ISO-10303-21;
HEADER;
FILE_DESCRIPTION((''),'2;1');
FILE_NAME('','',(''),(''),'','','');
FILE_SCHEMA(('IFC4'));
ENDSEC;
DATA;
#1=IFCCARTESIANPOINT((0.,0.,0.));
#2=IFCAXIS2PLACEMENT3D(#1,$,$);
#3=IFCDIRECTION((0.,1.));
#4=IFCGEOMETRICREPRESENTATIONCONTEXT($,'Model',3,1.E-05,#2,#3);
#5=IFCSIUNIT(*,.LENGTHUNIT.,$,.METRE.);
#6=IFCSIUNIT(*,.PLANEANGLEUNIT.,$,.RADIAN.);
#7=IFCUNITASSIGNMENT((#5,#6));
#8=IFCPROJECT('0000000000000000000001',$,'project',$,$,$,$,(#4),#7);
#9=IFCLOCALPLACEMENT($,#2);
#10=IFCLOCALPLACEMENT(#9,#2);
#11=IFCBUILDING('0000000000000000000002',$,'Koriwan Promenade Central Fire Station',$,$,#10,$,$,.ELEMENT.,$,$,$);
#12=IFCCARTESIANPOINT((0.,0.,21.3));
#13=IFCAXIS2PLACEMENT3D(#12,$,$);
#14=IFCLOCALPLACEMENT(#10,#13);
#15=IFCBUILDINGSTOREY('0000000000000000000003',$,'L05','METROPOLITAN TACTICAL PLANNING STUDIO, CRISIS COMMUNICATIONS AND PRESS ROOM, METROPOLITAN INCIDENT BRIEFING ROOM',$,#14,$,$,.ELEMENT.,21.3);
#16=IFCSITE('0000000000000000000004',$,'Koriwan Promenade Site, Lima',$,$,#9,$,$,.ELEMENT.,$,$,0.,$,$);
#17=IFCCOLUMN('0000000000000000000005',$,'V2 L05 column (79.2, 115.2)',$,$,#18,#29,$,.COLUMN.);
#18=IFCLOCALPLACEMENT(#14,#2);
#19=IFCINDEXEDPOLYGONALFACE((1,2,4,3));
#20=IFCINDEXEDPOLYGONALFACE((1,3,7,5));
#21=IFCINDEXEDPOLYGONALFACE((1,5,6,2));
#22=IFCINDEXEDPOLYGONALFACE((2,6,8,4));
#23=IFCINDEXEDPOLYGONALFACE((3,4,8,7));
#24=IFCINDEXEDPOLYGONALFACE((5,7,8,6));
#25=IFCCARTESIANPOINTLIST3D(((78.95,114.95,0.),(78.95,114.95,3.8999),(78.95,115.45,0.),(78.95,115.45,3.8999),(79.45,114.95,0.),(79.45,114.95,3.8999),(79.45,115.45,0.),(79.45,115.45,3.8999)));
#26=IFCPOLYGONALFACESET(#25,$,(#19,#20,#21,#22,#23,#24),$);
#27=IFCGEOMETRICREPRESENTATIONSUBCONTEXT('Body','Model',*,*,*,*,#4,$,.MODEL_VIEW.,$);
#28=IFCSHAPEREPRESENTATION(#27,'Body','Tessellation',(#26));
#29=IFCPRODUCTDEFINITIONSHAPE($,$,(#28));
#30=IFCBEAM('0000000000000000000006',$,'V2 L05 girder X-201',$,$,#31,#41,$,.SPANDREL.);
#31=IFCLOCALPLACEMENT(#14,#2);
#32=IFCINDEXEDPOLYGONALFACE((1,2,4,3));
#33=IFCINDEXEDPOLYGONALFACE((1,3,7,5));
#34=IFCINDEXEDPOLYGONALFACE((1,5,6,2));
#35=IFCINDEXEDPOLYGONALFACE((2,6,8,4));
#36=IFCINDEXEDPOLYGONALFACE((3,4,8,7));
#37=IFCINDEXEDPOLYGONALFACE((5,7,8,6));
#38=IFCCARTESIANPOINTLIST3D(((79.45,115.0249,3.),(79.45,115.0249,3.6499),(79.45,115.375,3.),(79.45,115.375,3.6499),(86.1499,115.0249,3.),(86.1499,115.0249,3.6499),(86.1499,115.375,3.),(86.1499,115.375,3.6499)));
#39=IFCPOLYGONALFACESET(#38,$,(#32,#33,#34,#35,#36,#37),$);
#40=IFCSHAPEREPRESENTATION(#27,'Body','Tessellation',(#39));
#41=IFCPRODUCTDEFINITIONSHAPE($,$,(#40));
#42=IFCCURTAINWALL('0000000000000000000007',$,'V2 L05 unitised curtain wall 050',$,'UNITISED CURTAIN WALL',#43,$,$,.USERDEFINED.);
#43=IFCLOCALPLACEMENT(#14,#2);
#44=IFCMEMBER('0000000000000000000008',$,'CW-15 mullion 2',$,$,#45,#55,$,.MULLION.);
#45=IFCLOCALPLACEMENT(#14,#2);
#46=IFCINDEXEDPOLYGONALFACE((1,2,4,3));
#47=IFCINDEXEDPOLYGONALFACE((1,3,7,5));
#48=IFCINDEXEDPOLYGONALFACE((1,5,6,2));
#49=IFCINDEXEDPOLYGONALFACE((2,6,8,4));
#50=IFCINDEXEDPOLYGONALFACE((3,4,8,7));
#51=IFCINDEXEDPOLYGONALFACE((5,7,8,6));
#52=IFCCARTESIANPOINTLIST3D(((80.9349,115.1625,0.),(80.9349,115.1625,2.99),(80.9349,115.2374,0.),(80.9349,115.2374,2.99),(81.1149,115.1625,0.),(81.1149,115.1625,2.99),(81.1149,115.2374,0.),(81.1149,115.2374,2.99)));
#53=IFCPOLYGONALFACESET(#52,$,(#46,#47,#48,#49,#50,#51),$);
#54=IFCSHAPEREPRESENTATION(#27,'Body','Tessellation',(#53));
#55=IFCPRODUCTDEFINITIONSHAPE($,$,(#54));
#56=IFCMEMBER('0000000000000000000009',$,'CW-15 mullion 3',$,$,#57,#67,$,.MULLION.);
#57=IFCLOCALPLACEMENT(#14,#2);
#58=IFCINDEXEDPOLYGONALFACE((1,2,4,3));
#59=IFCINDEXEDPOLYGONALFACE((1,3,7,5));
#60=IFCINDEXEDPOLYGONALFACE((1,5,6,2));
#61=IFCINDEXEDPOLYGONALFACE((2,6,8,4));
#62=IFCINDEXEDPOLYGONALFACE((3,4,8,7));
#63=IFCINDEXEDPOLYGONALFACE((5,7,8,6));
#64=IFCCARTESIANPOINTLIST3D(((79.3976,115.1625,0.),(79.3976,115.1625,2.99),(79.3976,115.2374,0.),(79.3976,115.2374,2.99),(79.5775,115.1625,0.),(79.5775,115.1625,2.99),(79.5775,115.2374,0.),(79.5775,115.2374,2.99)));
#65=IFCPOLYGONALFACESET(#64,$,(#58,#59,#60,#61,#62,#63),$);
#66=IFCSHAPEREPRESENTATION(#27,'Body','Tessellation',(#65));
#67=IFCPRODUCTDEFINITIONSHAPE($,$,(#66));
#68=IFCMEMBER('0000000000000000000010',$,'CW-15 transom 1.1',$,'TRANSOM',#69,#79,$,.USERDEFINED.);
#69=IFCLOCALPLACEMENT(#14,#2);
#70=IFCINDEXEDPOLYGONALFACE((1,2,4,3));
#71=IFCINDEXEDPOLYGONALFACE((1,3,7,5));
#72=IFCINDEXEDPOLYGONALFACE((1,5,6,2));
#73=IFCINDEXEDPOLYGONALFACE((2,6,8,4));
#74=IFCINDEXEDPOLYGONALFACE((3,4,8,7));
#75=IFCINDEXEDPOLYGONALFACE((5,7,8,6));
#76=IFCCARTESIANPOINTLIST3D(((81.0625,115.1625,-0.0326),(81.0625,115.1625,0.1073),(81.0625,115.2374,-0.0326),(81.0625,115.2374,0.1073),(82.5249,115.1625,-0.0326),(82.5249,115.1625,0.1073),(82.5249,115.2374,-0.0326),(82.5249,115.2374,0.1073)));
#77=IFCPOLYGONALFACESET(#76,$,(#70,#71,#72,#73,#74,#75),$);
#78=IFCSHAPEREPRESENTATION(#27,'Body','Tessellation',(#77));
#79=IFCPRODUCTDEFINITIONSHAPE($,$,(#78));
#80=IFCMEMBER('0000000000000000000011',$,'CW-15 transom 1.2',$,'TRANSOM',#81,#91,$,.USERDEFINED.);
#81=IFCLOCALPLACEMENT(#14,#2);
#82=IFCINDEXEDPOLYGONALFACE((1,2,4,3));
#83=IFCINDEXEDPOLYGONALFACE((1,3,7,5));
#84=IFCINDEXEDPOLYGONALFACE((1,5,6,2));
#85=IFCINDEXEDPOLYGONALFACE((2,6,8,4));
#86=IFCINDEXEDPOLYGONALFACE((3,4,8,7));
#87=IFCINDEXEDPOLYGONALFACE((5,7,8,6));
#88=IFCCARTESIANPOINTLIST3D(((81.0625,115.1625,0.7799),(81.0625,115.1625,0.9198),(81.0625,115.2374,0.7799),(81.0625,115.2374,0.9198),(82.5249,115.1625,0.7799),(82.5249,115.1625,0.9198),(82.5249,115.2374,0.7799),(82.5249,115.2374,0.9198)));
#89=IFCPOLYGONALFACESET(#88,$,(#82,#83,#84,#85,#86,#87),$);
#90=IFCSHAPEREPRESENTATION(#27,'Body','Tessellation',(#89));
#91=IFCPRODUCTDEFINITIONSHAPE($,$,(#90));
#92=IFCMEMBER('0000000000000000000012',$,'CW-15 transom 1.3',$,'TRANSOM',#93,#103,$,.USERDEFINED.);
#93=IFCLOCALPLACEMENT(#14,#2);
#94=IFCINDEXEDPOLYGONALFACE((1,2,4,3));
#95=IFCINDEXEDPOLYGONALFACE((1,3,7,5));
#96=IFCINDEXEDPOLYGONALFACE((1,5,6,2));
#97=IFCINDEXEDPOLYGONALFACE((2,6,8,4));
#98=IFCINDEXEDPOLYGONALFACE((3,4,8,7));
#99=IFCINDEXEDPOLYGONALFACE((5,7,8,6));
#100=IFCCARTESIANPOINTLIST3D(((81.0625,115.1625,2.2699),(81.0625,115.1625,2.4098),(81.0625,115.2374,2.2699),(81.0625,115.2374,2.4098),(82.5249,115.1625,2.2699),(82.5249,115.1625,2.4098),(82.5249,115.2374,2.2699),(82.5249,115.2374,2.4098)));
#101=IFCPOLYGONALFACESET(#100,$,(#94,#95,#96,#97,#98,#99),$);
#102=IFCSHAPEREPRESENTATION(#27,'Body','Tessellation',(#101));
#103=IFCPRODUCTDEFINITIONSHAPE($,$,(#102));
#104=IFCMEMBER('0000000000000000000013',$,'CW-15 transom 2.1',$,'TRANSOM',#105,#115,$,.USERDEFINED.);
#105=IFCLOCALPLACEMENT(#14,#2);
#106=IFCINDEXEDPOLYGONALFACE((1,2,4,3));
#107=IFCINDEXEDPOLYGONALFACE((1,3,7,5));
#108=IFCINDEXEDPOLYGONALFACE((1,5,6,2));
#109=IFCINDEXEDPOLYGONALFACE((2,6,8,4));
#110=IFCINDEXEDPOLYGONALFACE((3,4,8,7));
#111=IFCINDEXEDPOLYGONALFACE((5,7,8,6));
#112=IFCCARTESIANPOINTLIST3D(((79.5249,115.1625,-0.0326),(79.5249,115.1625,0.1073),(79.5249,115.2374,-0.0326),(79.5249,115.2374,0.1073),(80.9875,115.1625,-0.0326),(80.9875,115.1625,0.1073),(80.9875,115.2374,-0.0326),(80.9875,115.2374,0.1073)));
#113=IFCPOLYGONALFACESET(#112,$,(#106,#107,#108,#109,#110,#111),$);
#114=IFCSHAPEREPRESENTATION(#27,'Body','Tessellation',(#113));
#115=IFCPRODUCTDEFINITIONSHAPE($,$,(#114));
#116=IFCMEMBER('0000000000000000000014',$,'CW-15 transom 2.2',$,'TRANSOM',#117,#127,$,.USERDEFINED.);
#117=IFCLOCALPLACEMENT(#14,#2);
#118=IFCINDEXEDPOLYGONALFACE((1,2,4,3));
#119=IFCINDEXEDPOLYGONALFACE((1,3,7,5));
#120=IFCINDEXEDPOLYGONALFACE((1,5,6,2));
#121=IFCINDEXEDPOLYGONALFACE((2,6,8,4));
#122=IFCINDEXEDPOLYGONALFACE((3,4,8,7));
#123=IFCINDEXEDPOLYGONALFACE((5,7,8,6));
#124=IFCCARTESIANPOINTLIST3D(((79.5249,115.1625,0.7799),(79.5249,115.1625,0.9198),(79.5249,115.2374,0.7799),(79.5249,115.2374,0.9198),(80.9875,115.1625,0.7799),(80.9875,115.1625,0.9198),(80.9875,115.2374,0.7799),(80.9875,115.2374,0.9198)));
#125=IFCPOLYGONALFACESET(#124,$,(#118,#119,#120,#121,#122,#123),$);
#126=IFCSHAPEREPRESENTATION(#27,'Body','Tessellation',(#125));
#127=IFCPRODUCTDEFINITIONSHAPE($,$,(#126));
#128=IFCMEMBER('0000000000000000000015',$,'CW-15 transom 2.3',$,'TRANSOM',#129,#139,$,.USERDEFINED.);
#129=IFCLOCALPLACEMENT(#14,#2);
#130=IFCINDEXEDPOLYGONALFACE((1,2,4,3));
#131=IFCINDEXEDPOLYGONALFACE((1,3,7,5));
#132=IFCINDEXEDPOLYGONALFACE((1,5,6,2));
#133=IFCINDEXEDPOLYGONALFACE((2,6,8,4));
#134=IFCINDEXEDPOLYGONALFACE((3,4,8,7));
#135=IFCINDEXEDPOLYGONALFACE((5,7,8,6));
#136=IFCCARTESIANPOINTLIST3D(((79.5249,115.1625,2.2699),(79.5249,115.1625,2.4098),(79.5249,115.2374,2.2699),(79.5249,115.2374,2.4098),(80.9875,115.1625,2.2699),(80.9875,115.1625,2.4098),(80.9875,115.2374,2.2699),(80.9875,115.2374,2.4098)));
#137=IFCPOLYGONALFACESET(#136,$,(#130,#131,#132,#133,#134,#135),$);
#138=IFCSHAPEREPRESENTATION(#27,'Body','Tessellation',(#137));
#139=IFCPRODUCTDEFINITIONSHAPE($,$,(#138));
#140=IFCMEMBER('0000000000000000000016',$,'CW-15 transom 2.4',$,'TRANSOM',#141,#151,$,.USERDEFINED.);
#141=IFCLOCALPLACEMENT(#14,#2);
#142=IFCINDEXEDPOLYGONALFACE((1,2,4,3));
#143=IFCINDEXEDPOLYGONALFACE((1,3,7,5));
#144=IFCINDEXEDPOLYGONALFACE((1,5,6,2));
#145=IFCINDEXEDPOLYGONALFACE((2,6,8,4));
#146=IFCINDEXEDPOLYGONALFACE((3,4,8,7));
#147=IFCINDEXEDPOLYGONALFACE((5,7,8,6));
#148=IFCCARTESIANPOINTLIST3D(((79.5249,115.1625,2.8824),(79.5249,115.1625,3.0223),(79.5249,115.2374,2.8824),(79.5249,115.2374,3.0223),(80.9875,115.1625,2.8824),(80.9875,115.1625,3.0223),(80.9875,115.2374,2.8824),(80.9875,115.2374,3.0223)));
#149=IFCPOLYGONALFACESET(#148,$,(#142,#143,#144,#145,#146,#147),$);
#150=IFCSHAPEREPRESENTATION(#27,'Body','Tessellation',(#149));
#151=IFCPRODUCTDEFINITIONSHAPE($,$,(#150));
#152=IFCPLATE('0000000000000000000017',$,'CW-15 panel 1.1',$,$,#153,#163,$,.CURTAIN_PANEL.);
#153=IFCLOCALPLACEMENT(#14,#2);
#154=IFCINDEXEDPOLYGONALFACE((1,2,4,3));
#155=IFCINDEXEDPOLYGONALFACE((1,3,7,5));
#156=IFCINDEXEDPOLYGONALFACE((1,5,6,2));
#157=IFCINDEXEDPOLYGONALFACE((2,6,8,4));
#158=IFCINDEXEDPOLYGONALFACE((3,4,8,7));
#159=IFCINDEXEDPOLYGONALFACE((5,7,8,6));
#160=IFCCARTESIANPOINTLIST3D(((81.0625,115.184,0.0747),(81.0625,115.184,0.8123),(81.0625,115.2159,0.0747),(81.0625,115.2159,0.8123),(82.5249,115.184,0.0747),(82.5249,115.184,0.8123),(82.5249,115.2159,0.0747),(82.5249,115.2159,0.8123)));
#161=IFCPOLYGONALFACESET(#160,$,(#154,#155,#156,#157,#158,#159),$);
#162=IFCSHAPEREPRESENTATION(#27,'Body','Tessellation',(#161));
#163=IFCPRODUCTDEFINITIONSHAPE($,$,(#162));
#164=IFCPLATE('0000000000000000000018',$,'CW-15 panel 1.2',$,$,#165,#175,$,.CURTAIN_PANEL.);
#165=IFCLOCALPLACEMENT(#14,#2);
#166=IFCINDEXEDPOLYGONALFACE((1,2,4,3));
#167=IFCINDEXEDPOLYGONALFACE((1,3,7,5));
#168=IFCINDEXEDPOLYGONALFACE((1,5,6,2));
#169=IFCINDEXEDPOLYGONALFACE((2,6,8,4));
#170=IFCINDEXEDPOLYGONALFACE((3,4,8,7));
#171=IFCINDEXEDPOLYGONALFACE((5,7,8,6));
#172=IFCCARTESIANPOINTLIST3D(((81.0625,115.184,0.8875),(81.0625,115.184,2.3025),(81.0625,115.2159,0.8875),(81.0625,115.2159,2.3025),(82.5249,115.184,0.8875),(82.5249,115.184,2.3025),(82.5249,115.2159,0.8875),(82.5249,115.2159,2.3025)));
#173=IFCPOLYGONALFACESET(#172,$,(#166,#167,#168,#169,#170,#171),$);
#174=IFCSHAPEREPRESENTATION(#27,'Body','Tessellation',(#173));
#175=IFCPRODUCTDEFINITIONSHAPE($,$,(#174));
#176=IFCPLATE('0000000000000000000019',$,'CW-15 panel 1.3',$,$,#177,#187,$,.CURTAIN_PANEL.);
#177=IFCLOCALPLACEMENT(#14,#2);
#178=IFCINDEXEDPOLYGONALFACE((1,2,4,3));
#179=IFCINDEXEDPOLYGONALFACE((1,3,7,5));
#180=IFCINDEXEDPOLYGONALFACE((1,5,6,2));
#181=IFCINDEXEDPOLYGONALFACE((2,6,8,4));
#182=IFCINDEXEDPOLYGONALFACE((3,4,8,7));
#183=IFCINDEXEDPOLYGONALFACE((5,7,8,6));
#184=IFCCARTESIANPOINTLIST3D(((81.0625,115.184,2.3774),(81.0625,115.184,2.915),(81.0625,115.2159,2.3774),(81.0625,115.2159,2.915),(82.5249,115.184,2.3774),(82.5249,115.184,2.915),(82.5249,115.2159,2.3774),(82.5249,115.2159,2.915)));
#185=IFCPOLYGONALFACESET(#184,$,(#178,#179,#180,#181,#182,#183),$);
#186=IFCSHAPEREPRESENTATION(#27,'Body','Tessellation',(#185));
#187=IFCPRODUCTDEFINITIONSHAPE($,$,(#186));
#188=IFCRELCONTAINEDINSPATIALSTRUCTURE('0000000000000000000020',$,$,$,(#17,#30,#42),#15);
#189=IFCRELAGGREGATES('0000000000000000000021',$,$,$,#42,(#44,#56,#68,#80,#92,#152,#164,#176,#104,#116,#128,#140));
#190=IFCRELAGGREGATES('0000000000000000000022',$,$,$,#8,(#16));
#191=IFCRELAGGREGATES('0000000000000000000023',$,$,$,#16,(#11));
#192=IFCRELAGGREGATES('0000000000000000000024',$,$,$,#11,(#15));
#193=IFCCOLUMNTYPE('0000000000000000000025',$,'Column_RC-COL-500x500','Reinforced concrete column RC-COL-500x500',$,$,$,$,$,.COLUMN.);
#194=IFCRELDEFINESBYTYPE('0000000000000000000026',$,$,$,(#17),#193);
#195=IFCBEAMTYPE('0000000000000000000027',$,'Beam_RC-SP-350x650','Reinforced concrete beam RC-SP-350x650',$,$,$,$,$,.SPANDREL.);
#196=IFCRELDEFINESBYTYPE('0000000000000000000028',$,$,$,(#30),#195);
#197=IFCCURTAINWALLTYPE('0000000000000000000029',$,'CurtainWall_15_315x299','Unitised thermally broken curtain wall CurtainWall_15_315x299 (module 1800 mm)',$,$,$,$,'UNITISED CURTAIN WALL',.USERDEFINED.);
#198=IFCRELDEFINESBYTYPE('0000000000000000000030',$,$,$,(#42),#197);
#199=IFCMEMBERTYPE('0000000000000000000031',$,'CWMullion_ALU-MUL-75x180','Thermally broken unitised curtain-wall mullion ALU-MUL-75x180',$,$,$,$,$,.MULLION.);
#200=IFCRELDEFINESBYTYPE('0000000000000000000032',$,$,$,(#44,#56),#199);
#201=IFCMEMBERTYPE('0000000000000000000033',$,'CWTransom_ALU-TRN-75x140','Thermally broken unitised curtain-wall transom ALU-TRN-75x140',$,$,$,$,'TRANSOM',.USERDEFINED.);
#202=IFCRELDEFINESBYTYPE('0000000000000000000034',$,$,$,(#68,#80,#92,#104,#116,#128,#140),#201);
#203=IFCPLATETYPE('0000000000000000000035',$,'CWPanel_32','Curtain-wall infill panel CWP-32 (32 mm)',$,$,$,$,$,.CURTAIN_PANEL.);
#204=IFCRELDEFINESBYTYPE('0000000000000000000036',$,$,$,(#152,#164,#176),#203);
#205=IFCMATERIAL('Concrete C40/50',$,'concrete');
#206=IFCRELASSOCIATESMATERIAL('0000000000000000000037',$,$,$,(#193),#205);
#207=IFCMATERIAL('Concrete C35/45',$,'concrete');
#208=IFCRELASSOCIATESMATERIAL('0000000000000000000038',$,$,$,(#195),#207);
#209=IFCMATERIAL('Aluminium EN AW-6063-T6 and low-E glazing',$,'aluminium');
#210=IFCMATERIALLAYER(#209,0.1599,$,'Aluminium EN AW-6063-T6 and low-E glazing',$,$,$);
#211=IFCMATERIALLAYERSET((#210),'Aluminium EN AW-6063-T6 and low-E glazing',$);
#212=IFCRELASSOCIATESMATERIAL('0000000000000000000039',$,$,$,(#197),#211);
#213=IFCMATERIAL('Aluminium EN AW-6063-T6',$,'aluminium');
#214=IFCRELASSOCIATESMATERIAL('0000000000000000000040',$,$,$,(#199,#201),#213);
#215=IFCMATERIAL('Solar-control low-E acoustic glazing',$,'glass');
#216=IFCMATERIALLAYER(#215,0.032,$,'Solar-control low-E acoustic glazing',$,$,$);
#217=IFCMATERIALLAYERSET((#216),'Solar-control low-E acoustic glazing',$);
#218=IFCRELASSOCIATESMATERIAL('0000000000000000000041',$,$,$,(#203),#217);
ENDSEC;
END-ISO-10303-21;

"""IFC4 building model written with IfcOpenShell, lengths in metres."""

from ifc_helpers import new_model, si_unit, direction, frame, origin, origin_2d, place, context, subcontext, project, spatial, rectangle, extrude, material, layer, layer_set, material_profile, profile_set, type_object, element, aggregate, save


model = new_model("IFC4")

# Units and contexts
model_context = context("Model", 3, precision=1e-05, world=origin(), true_north=direction((0.0, 1.0)))
body_context = subcontext(model_context, "Body", "Model", "MODEL_VIEW")
ifc_project = project(units=[si_unit("LENGTHUNIT", "METRE"), si_unit("PLANEANGLEUNIT", "RADIAN")], contexts=[model_context])

# Site, building, storey
site_placement = place(None, origin())
site = spatial("IfcSite", under=ifc_project, at=site_placement, Name="Koriwan Promenade Site, Lima", CompositionType="ELEMENT", RefElevation=0.0)
building_placement = place(site_placement, origin())
building = spatial("IfcBuilding", under=site, at=building_placement, Name="Koriwan Promenade Central Fire Station", CompositionType="ELEMENT")
storey_placement = place(building_placement, frame((0.0, 0.0, 21.3)))
storey = spatial("IfcBuildingStorey", under=building, at=storey_placement, Name="L05", Description="METROPOLITAN TACTICAL PLANNING STUDIO, CRISIS COMMUNICATIONS AND PRESS ROOM, METROPOLITAN INCIDENT BRIEFING ROOM", CompositionType="ELEMENT", Elevation=21.3)

# Column
ifc_material_1 = material(Name="Concrete C40/50", Category="concrete")
ifc_material_profile_1 = material_profile(ifc_material_1, rectangle(XDim=0.5, YDim=0.5, at=origin_2d()), Name="RC-COL-500x500")
ifc_profile_set_1 = profile_set([ifc_material_profile_1], Name="Concrete C40/50")
column_type = type_object("IfcColumnType", Name="Column_RC-COL-500x500", Description="Reinforced concrete column RC-COL-500x500", PredefinedType="COLUMN", material=ifc_profile_set_1)
column_placement = place(storey_placement, frame((79.2, 115.2, 0.0), z_axis=(0.0, 0.0, 1.0), x_axis=(1.0, 0.0, 0.0)))
element("IfcColumn", 1, at=column_placement, inside=storey, type_object=column_type, Name="V2 L05 column (79.2, 115.2)", PredefinedType="COLUMN", context=body_context, shape_type="SweptSolid", body=[
    extrude(rectangle(XDim=0.5, YDim=0.5, at=origin_2d()), origin(), (0.0, 0.0, 1.0), 3.8999),
])

# Beam
ifc_material_2 = material(Name="Concrete C35/45", Category="concrete")
ifc_material_profile_2 = material_profile(ifc_material_2, rectangle(XDim=0.3501, YDim=0.6499, at=origin_2d()), Name="RC-SP-350x650")
ifc_profile_set_2 = profile_set([ifc_material_profile_2], Name="Concrete C35/45")
beam_type = type_object("IfcBeamType", Name="Beam_RC-SP-350x650", Description="Reinforced concrete beam RC-SP-350x650", PredefinedType="SPANDREL", material=ifc_profile_set_2)
beam_placement = place(storey_placement, frame((79.45, 115.2, 3.325), z_axis=(1.0, 0.0, 0.0), x_axis=(0.0, 1.0, 0.0)))
element("IfcBeam", 2, at=beam_placement, inside=storey, type_object=beam_type, Name="V2 L05 girder X-201", PredefinedType="SPANDREL", context=body_context, shape_type="SweptSolid", body=[
    extrude(rectangle(XDim=0.3501, YDim=0.6499, at=origin_2d()), origin(), (0.0, 0.0, 1.0), 6.7),
])

# Curtain wall, members, plates
ifc_material_3 = material(Name="Aluminium EN AW-6063-T6 and low-E glazing", Category="aluminium")
ifc_layer_1 = layer(ifc_material_3, 0.1599, Name="Aluminium EN AW-6063-T6 and low-E glazing")
ifc_layer_set_1 = layer_set([ifc_layer_1], Name="Aluminium EN AW-6063-T6 and low-E glazing")
curtain_wall_type = type_object("IfcCurtainWallType", Name="CurtainWall_15_315x299", Description="Unitised thermally broken curtain wall CurtainWall_15_315x299 (module 1800 mm)", ElementType="UNITISED CURTAIN WALL", PredefinedType="USERDEFINED", material=ifc_layer_set_1)
curtain_wall_placement = place(storey_placement, origin())
curtain_wall = element("IfcCurtainWall", 3, at=curtain_wall_placement, inside=storey, type_object=curtain_wall_type, Name="V2 L05 unitised curtain wall 050", ObjectType="UNITISED CURTAIN WALL", PredefinedType="USERDEFINED")
ifc_material_4 = material(Name="Aluminium EN AW-6063-T6", Category="aluminium")
ifc_material_profile_3 = material_profile(ifc_material_4, rectangle(XDim=0.075, YDim=0.1799, at=origin_2d()), Name="ALU-MUL-75x180")
ifc_profile_set_3 = profile_set([ifc_material_profile_3], Name="Aluminium EN AW-6063-T6")
member_type_1 = type_object("IfcMemberType", Name="CWMullion_ALU-MUL-75x180", Description="Thermally broken unitised curtain-wall mullion ALU-MUL-75x180", PredefinedType="MULLION", material=ifc_profile_set_3)
member_1_placement = place(storey_placement, frame((81.0249, 115.2, 0.0), z_axis=(0.0, 0.0, 1.0), x_axis=(0.0, -1.0, 0.0)))
member_1 = element("IfcMember", 4, at=member_1_placement, type_object=member_type_1, Name="CW-15 mullion 2", PredefinedType="MULLION", context=body_context, shape_type="SweptSolid", body=[
    extrude(rectangle(XDim=0.075, YDim=0.1799, at=origin_2d()), origin(), (0.0, 0.0, 1.0), 2.99),
])
member_2_placement = place(storey_placement, frame((79.4875, 115.2, 0.0), z_axis=(0.0, 0.0, 1.0), x_axis=(0.0, -1.0, 0.0)))
member_2 = element("IfcMember", 5, at=member_2_placement, type_object=member_type_1, Name="CW-15 mullion 3", PredefinedType="MULLION", context=body_context, shape_type="SweptSolid", body=[
    extrude(rectangle(XDim=0.075, YDim=0.1799, at=origin_2d()), origin(), (0.0, 0.0, 1.0), 2.99),
])
ifc_material_profile_4 = material_profile(ifc_material_4, rectangle(XDim=0.075, YDim=0.1399, at=origin_2d()), Name="ALU-TRN-75x140")
ifc_profile_set_4 = profile_set([ifc_material_profile_4], Name="Aluminium EN AW-6063-T6")
member_type_2 = type_object("IfcMemberType", Name="CWTransom_ALU-TRN-75x140", Description="Thermally broken unitised curtain-wall transom ALU-TRN-75x140", ElementType="TRANSOM", PredefinedType="USERDEFINED", material=ifc_profile_set_4)
member_3_placement = place(storey_placement, frame((82.5249, 115.2, 0.0374), z_axis=(-1.0, 0.0, 0.0), x_axis=(0.0, -1.0, 0.0)))
member_3 = element("IfcMember", 6, at=member_3_placement, type_object=member_type_2, Name="CW-15 transom 1.1", ObjectType="TRANSOM", PredefinedType="USERDEFINED", context=body_context, shape_type="SweptSolid", body=[
    extrude(rectangle(XDim=0.075, YDim=0.1399, at=origin_2d()), origin(), (0.0, 0.0, 1.0), 1.4624),
])
member_4_placement = place(storey_placement, frame((82.5249, 115.2, 0.8499), z_axis=(-1.0, 0.0, 0.0), x_axis=(0.0, -1.0, 0.0)))
member_4 = element("IfcMember", 7, at=member_4_placement, type_object=member_type_2, Name="CW-15 transom 1.2", ObjectType="TRANSOM", PredefinedType="USERDEFINED", context=body_context, shape_type="SweptSolid", body=[
    extrude(rectangle(XDim=0.075, YDim=0.1399, at=origin_2d()), origin(), (0.0, 0.0, 1.0), 1.4624),
])
member_5_placement = place(storey_placement, frame((82.5249, 115.2, 2.3398), z_axis=(-1.0, 0.0, 0.0), x_axis=(0.0, -1.0, 0.0)))
member_5 = element("IfcMember", 8, at=member_5_placement, type_object=member_type_2, Name="CW-15 transom 1.3", ObjectType="TRANSOM", PredefinedType="USERDEFINED", context=body_context, shape_type="SweptSolid", body=[
    extrude(rectangle(XDim=0.075, YDim=0.1399, at=origin_2d()), origin(), (0.0, 0.0, 1.0), 1.4624),
])
member_6_placement = place(storey_placement, frame((80.9875, 115.2, 0.0374), z_axis=(-1.0, 0.0, 0.0), x_axis=(0.0, -1.0, 0.0)))
member_6 = element("IfcMember", 9, at=member_6_placement, type_object=member_type_2, Name="CW-15 transom 2.1", ObjectType="TRANSOM", PredefinedType="USERDEFINED", context=body_context, shape_type="SweptSolid", body=[
    extrude(rectangle(XDim=0.075, YDim=0.1399, at=origin_2d()), origin(), (0.0, 0.0, 1.0), 1.4626),
])
member_7_placement = place(storey_placement, frame((80.9875, 115.2, 0.8499), z_axis=(-1.0, 0.0, 0.0), x_axis=(0.0, -1.0, 0.0)))
member_7 = element("IfcMember", 10, at=member_7_placement, type_object=member_type_2, Name="CW-15 transom 2.2", ObjectType="TRANSOM", PredefinedType="USERDEFINED", context=body_context, shape_type="SweptSolid", body=[
    extrude(rectangle(XDim=0.075, YDim=0.1399, at=origin_2d()), origin(), (0.0, 0.0, 1.0), 1.4626),
])
member_8_placement = place(storey_placement, frame((80.9875, 115.2, 2.3398), z_axis=(-1.0, 0.0, 0.0), x_axis=(0.0, -1.0, 0.0)))
member_8 = element("IfcMember", 11, at=member_8_placement, type_object=member_type_2, Name="CW-15 transom 2.3", ObjectType="TRANSOM", PredefinedType="USERDEFINED", context=body_context, shape_type="SweptSolid", body=[
    extrude(rectangle(XDim=0.075, YDim=0.1399, at=origin_2d()), origin(), (0.0, 0.0, 1.0), 1.4626),
])
member_9_placement = place(storey_placement, frame((80.9875, 115.2, 2.9524), z_axis=(-1.0, 0.0, 0.0), x_axis=(0.0, -1.0, 0.0)))
member_9 = element("IfcMember", 12, at=member_9_placement, type_object=member_type_2, Name="CW-15 transom 2.4", ObjectType="TRANSOM", PredefinedType="USERDEFINED", context=body_context, shape_type="SweptSolid", body=[
    extrude(rectangle(XDim=0.075, YDim=0.1399, at=origin_2d()), origin(), (0.0, 0.0, 1.0), 1.4626),
])
ifc_material_5 = material(Name="Solar-control low-E acoustic glazing", Category="glass")
ifc_layer_2 = layer(ifc_material_5, 0.032, Name="Solar-control low-E acoustic glazing")
ifc_layer_set_2 = layer_set([ifc_layer_2], Name="Solar-control low-E acoustic glazing")
plate_type = type_object("IfcPlateType", Name="CWPanel_32", Description="Curtain-wall infill panel CWP-32 (32 mm)", PredefinedType="CURTAIN_PANEL", material=ifc_layer_set_2)
plate_1_placement = place(storey_placement, frame((81.7937, 115.2, 0.0747), z_axis=(0.0, 0.0, 1.0), x_axis=(-1.0, 0.0, 0.0)))
plate_1 = element("IfcPlate", 13, at=plate_1_placement, type_object=plate_type, Name="CW-15 panel 1.1", PredefinedType="CURTAIN_PANEL", context=body_context, shape_type="SweptSolid", body=[
    extrude(rectangle(XDim=1.4624, YDim=0.032, at=origin_2d()), origin(), (0.0, 0.0, 1.0), 0.7375),
])
plate_2_placement = place(storey_placement, frame((81.7937, 115.2, 0.8875), z_axis=(0.0, 0.0, 1.0), x_axis=(-1.0, 0.0, 0.0)))
plate_2 = element("IfcPlate", 14, at=plate_2_placement, type_object=plate_type, Name="CW-15 panel 1.2", PredefinedType="CURTAIN_PANEL", context=body_context, shape_type="SweptSolid", body=[
    extrude(rectangle(XDim=1.4624, YDim=0.032, at=origin_2d()), origin(), (0.0, 0.0, 1.0), 1.415),
])
plate_3_placement = place(storey_placement, frame((81.7937, 115.2, 2.3774), z_axis=(0.0, 0.0, 1.0), x_axis=(-1.0, 0.0, 0.0)))
plate_3 = element("IfcPlate", 15, at=plate_3_placement, type_object=plate_type, Name="CW-15 panel 1.3", PredefinedType="CURTAIN_PANEL", context=body_context, shape_type="SweptSolid", body=[
    extrude(rectangle(XDim=1.4624, YDim=0.032, at=origin_2d()), origin(), (0.0, 0.0, 1.0), 0.5376),
])
aggregate(curtain_wall, [member_1, member_2, member_3, member_4, member_5, plate_1, plate_2, plate_3, member_6, member_7, member_8, member_9])

save(model, "model.ifc")
